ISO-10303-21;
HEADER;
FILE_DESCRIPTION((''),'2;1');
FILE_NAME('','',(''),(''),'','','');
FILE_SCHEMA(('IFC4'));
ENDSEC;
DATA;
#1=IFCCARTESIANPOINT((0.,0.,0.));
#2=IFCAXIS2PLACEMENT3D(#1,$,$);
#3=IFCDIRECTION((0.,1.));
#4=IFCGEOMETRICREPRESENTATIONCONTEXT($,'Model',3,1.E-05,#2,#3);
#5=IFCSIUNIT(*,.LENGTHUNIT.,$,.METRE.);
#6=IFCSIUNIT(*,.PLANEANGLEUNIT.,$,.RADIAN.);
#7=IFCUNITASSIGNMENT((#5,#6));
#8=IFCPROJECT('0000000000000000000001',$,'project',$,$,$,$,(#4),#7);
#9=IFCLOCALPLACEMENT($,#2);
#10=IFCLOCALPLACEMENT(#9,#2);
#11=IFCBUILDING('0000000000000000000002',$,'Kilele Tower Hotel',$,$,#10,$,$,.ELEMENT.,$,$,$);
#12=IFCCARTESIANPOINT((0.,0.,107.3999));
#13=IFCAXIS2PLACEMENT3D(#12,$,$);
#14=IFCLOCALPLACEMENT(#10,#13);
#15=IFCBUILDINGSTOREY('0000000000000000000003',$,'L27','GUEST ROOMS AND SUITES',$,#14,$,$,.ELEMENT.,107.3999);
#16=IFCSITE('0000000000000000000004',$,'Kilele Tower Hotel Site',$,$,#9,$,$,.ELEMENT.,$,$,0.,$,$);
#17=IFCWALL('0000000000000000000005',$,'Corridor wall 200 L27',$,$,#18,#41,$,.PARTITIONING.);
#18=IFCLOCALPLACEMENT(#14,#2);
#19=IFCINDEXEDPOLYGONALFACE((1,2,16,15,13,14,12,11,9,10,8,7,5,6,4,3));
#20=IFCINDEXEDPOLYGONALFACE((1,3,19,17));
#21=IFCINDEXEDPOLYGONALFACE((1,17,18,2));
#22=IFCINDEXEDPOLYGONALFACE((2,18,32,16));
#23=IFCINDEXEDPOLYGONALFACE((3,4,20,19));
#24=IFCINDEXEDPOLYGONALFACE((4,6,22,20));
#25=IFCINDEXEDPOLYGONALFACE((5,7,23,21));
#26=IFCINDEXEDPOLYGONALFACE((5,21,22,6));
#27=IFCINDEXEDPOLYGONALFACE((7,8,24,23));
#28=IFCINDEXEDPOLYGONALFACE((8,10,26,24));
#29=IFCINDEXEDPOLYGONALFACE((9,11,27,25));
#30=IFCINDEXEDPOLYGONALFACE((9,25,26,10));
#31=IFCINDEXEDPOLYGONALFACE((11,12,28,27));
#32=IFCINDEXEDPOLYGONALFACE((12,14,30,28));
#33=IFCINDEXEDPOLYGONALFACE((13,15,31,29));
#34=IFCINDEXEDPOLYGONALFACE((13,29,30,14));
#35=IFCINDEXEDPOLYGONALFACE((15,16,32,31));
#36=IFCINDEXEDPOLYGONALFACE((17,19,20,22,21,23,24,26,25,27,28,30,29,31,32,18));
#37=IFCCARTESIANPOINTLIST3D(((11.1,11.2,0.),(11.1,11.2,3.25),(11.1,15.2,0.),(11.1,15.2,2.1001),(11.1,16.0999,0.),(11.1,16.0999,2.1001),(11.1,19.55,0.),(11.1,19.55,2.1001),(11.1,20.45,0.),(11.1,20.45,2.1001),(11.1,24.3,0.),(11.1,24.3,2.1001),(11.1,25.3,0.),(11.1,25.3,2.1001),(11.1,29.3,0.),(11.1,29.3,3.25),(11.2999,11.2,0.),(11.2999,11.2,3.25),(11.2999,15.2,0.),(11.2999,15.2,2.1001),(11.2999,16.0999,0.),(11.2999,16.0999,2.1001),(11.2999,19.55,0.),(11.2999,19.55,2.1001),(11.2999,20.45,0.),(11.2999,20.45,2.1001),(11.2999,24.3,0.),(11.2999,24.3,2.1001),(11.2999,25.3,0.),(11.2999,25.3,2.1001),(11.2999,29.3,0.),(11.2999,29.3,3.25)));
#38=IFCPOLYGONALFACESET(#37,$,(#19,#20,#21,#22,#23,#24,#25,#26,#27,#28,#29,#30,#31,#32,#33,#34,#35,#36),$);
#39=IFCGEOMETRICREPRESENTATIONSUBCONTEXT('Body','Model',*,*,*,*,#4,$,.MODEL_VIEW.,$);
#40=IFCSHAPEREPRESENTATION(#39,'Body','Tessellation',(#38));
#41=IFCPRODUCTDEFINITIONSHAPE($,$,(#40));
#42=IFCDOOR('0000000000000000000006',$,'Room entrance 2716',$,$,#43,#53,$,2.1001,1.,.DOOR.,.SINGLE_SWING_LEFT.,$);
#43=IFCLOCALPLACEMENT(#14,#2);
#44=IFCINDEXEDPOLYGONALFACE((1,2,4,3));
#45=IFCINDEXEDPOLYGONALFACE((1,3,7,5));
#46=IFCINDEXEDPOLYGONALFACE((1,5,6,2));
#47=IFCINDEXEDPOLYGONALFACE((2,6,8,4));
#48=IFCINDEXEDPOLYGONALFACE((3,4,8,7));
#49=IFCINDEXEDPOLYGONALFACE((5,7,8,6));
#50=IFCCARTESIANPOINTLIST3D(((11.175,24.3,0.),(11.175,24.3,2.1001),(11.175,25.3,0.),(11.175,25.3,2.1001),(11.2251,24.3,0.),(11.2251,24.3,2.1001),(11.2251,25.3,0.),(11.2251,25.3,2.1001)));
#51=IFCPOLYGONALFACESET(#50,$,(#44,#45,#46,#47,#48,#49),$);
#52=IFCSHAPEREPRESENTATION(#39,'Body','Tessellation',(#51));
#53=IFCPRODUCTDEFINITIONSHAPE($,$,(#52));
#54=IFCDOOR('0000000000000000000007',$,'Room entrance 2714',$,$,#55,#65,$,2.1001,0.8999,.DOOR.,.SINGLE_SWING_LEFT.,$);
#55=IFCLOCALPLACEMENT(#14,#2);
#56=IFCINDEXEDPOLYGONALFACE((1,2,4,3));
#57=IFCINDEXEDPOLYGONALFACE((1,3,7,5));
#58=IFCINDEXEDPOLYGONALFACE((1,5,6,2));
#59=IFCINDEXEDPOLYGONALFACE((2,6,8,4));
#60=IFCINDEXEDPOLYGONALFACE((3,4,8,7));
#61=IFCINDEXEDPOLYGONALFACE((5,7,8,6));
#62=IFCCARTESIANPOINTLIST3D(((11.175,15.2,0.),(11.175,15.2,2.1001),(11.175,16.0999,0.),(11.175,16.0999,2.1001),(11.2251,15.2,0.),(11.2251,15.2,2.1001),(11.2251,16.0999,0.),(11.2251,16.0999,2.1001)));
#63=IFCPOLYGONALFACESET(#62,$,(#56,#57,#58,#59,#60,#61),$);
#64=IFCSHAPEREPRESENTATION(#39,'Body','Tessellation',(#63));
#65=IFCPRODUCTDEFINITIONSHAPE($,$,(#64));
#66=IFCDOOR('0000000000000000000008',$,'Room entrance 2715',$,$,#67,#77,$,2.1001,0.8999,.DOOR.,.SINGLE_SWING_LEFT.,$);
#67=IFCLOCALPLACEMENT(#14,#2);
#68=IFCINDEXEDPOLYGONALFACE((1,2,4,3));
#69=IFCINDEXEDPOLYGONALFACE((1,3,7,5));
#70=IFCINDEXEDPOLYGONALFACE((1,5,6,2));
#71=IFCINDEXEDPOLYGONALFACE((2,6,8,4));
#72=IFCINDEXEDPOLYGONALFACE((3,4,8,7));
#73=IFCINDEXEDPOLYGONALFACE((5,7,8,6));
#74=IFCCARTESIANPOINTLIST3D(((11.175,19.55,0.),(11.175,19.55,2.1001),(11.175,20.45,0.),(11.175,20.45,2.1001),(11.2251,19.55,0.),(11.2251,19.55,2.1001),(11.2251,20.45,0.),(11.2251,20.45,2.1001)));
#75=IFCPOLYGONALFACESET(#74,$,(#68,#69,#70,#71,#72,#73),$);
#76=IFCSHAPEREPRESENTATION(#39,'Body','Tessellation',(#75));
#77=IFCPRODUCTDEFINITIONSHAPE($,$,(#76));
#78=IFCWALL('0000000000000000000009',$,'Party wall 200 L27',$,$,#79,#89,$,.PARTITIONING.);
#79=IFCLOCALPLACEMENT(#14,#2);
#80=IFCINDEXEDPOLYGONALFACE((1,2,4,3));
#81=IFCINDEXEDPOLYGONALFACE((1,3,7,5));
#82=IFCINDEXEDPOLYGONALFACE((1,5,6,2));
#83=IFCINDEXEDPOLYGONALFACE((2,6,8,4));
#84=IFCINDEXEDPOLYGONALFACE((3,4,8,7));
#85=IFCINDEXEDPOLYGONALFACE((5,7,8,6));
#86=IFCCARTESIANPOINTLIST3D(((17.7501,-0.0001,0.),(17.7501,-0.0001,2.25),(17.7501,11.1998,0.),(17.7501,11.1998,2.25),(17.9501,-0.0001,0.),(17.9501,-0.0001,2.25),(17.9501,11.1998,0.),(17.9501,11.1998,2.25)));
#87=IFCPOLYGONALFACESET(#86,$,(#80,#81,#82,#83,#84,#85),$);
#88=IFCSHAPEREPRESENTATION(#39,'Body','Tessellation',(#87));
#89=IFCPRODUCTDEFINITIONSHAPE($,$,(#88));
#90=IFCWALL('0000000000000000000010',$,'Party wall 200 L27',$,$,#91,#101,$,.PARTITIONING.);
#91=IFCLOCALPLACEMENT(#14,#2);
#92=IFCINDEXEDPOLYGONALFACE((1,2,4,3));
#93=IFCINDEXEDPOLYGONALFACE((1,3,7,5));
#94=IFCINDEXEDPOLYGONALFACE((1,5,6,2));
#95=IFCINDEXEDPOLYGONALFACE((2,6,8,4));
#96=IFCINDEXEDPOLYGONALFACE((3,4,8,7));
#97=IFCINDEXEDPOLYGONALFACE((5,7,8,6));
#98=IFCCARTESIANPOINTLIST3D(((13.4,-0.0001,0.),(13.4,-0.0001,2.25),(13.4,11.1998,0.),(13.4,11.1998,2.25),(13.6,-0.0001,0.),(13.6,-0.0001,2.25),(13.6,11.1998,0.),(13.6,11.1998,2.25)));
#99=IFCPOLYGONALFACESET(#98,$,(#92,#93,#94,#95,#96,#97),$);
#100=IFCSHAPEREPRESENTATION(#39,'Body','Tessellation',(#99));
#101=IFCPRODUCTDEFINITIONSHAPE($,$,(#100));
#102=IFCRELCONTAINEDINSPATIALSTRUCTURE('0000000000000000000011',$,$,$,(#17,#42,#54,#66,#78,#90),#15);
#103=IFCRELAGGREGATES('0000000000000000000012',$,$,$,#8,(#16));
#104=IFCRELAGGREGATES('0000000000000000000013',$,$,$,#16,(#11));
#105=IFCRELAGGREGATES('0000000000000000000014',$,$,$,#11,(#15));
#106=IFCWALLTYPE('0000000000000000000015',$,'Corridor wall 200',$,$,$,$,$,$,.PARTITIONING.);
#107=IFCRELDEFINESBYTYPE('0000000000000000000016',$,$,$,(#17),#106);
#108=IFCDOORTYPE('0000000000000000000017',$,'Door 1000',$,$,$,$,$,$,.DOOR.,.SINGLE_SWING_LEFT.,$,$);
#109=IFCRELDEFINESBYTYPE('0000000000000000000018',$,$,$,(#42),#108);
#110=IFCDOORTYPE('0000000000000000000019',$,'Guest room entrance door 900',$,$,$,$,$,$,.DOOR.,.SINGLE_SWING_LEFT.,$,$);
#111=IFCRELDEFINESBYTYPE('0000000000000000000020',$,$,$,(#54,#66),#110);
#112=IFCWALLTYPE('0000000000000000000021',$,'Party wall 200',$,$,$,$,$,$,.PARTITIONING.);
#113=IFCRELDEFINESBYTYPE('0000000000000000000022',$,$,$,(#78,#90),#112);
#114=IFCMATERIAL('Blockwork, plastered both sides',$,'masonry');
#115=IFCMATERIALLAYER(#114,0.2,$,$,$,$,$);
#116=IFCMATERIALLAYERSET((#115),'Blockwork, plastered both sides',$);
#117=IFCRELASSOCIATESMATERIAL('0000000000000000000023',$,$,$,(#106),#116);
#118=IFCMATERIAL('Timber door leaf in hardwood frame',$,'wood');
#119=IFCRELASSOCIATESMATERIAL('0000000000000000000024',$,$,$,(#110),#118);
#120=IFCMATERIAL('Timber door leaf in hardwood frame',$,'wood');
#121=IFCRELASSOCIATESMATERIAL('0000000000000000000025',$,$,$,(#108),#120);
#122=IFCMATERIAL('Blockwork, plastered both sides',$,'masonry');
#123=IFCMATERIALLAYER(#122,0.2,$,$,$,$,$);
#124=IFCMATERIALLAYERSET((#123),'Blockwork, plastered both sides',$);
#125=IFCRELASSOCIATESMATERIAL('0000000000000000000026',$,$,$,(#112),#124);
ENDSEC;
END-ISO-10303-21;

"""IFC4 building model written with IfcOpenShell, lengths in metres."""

from ifc_helpers import new_model, si_unit, direction, frame, frame_2d, origin, place, context, subcontext, project, spatial, rectangle, extrude, material, layer, layer_set, type_object, element, fill, save


model = new_model("IFC4")

# Units and contexts
model_context = context("Model", 3, precision=1e-05, world=origin(), true_north=direction((0.0, 1.0)))
body_context = subcontext(model_context, "Body", "Model", "MODEL_VIEW")
ifc_project = project(units=[si_unit("LENGTHUNIT", "METRE"), si_unit("PLANEANGLEUNIT", "RADIAN")], contexts=[model_context])

# Site, building, storey
site_placement = place(None, origin())
site = spatial("IfcSite", under=ifc_project, at=site_placement, Name="Kilele Tower Hotel Site", CompositionType="ELEMENT", RefElevation=0.0)
building_placement = place(site_placement, origin())
building = spatial("IfcBuilding", under=site, at=building_placement, Name="Kilele Tower Hotel", CompositionType="ELEMENT")
storey_placement = place(building_placement, frame((0.0, 0.0, 107.3999)))
storey = spatial("IfcBuildingStorey", under=building, at=storey_placement, Name="L27", Description="GUEST ROOMS AND SUITES", CompositionType="ELEMENT", Elevation=107.3999)

# Wall, openings, doors
ifc_material_1 = material(Name="Blockwork, plastered both sides", Category="masonry")
ifc_layer_1 = layer(ifc_material_1, 0.2)
ifc_layer_set_1 = layer_set([ifc_layer_1], Name="Blockwork, plastered both sides")
wall_type_1 = type_object("IfcWallType", Name="Corridor wall 200", PredefinedType="PARTITIONING", material=ifc_layer_set_1)
ifc_material_2 = material(Name="Timber door leaf in hardwood frame", Category="wood")
door_type_1 = type_object("IfcDoorType", Name="Guest room entrance door 900", OperationType="SINGLE_SWING_LEFT", PredefinedType="DOOR", material=ifc_material_2)
wall_1_placement = place(storey_placement, frame((11.2, 11.2, 0.0), z_axis=(0.0, 0.0, 1.0), x_axis=(0.0, 1.0, 0.0)))
wall_1 = element("IfcWall", 1, at=wall_1_placement, inside=storey, type_object=wall_type_1, Name="Corridor wall 200 L27", PredefinedType="PARTITIONING", context=body_context, shape_type="SweptSolid", body=[
    extrude(rectangle(XDim=18.1001, YDim=0.2, at=frame_2d((9.05, 0.0))), origin(), (0.0, 0.0, 1.0), 3.25),
])
opening_1_placement = place(wall_1_placement, frame((4.0, 0.0, 0.0)))
opening_1 = element("IfcOpeningElement", 2, at=opening_1_placement, cuts=wall_1, PredefinedType="OPENING", context=body_context, shape_type="SweptSolid", body=[
    extrude(rectangle(XDim=0.8999, YDim=2.1001, at=frame_2d((0.45, 1.05))), frame((0.0, 0.1099, 0.0), z_axis=(0.0, -1.0, 0.0), x_axis=(1.0, 0.0, 0.0)), (0.0, 0.0, 1.0), 0.22),
])
opening_2_placement = place(wall_1_placement, frame((8.3501, 0.0, 0.0)))
opening_2 = element("IfcOpeningElement", 3, at=opening_2_placement, cuts=wall_1, PredefinedType="OPENING", context=body_context, shape_type="SweptSolid", body=[
    extrude(rectangle(XDim=0.8999, YDim=2.1001, at=frame_2d((0.45, 1.05))), frame((0.0, 0.1099, 0.0), z_axis=(0.0, -1.0, 0.0), x_axis=(1.0, 0.0, 0.0)), (0.0, 0.0, 1.0), 0.22),
])
opening_3_placement = place(wall_1_placement, frame((13.1001, 0.0, 0.0)))
opening_3 = element("IfcOpeningElement", 4, at=opening_3_placement, cuts=wall_1, PredefinedType="OPENING", context=body_context, shape_type="SweptSolid", body=[
    extrude(rectangle(XDim=1.0, YDim=2.1001, at=frame_2d((0.5, 1.05))), frame((0.0, 0.1099, 0.0), z_axis=(0.0, -1.0, 0.0), x_axis=(1.0, 0.0, 0.0)), (0.0, 0.0, 1.0), 0.22),
])
ifc_material_3 = material(Name="Timber door leaf in hardwood frame", Category="wood")
door_type_2 = type_object("IfcDoorType", Name="Door 1000", OperationType="SINGLE_SWING_LEFT", PredefinedType="DOOR", material=ifc_material_3)
door_1_placement = place(opening_3_placement, origin())
door_1 = element("IfcDoor", 5, at=door_1_placement, inside=storey, type_object=door_type_2, Name="Room entrance 2716", OperationType="SINGLE_SWING_LEFT", OverallHeight=2.1001, OverallWidth=1.0, PredefinedType="DOOR", context=body_context, shape_type="SweptSolid", body=[
    extrude(rectangle(XDim=1.0, YDim=2.1001, at=frame_2d((0.5, 1.05))), frame((0.0, 0.0249, 0.0), z_axis=(0.0, -1.0, 0.0), x_axis=(1.0, 0.0, 0.0)), (0.0, 0.0, 1.0), 0.05),
])
fill(opening_3, door_1)
door_2_placement = place(opening_1_placement, origin())
door_2 = element("IfcDoor", 6, at=door_2_placement, inside=storey, type_object=door_type_1, Name="Room entrance 2714", OperationType="SINGLE_SWING_LEFT", OverallHeight=2.1001, OverallWidth=0.8999, PredefinedType="DOOR", context=body_context, shape_type="SweptSolid", body=[
    extrude(rectangle(XDim=0.8999, YDim=2.1001, at=frame_2d((0.45, 1.05))), frame((0.0, 0.0249, 0.0), z_axis=(0.0, -1.0, 0.0), x_axis=(1.0, 0.0, 0.0)), (0.0, 0.0, 1.0), 0.05),
])
fill(opening_1, door_2)
door_3_placement = place(opening_2_placement, origin())
door_3 = element("IfcDoor", 7, at=door_3_placement, inside=storey, type_object=door_type_1, Name="Room entrance 2715", OperationType="SINGLE_SWING_LEFT", OverallHeight=2.1001, OverallWidth=0.8999, PredefinedType="DOOR", context=body_context, shape_type="SweptSolid", body=[
    extrude(rectangle(XDim=0.8999, YDim=2.1001, at=frame_2d((0.45, 1.05))), frame((0.0, 0.0249, 0.0), z_axis=(0.0, -1.0, 0.0), x_axis=(1.0, 0.0, 0.0)), (0.0, 0.0, 1.0), 0.05),
])
fill(opening_2, door_3)

# Walls
ifc_material_4 = material(Name="Blockwork, plastered both sides", Category="masonry")
ifc_layer_2 = layer(ifc_material_4, 0.2)
ifc_layer_set_2 = layer_set([ifc_layer_2], Name="Blockwork, plastered both sides")
wall_type_2 = type_object("IfcWallType", Name="Party wall 200", PredefinedType="PARTITIONING", material=ifc_layer_set_2)
for number, where, z_axis, x_axis, name in (
    (8, (17.8501, 11.2, 0.0), (0.0, 0.0, 1.0), (0.0, -1.0, 0.0), "Party wall 200 L27"),
    (9, (13.5, 11.2, 0.0), (0.0, 0.0, 1.0), (0.0, -1.0, 0.0), "Party wall 200 L27"),
):
    element("IfcWall", number, at=place(storey_placement, frame(where, z_axis=z_axis, x_axis=x_axis)), inside=storey, type_object=wall_type_2, Name=name, PredefinedType="PARTITIONING", context=body_context, shape_type="SweptSolid", body=[
        extrude(rectangle(XDim=11.2, YDim=0.2, at=frame_2d((5.6001, 0.0))), origin(), (0.0, 0.0, 1.0), 2.25),
    ])

save(model, "model.ifc")
